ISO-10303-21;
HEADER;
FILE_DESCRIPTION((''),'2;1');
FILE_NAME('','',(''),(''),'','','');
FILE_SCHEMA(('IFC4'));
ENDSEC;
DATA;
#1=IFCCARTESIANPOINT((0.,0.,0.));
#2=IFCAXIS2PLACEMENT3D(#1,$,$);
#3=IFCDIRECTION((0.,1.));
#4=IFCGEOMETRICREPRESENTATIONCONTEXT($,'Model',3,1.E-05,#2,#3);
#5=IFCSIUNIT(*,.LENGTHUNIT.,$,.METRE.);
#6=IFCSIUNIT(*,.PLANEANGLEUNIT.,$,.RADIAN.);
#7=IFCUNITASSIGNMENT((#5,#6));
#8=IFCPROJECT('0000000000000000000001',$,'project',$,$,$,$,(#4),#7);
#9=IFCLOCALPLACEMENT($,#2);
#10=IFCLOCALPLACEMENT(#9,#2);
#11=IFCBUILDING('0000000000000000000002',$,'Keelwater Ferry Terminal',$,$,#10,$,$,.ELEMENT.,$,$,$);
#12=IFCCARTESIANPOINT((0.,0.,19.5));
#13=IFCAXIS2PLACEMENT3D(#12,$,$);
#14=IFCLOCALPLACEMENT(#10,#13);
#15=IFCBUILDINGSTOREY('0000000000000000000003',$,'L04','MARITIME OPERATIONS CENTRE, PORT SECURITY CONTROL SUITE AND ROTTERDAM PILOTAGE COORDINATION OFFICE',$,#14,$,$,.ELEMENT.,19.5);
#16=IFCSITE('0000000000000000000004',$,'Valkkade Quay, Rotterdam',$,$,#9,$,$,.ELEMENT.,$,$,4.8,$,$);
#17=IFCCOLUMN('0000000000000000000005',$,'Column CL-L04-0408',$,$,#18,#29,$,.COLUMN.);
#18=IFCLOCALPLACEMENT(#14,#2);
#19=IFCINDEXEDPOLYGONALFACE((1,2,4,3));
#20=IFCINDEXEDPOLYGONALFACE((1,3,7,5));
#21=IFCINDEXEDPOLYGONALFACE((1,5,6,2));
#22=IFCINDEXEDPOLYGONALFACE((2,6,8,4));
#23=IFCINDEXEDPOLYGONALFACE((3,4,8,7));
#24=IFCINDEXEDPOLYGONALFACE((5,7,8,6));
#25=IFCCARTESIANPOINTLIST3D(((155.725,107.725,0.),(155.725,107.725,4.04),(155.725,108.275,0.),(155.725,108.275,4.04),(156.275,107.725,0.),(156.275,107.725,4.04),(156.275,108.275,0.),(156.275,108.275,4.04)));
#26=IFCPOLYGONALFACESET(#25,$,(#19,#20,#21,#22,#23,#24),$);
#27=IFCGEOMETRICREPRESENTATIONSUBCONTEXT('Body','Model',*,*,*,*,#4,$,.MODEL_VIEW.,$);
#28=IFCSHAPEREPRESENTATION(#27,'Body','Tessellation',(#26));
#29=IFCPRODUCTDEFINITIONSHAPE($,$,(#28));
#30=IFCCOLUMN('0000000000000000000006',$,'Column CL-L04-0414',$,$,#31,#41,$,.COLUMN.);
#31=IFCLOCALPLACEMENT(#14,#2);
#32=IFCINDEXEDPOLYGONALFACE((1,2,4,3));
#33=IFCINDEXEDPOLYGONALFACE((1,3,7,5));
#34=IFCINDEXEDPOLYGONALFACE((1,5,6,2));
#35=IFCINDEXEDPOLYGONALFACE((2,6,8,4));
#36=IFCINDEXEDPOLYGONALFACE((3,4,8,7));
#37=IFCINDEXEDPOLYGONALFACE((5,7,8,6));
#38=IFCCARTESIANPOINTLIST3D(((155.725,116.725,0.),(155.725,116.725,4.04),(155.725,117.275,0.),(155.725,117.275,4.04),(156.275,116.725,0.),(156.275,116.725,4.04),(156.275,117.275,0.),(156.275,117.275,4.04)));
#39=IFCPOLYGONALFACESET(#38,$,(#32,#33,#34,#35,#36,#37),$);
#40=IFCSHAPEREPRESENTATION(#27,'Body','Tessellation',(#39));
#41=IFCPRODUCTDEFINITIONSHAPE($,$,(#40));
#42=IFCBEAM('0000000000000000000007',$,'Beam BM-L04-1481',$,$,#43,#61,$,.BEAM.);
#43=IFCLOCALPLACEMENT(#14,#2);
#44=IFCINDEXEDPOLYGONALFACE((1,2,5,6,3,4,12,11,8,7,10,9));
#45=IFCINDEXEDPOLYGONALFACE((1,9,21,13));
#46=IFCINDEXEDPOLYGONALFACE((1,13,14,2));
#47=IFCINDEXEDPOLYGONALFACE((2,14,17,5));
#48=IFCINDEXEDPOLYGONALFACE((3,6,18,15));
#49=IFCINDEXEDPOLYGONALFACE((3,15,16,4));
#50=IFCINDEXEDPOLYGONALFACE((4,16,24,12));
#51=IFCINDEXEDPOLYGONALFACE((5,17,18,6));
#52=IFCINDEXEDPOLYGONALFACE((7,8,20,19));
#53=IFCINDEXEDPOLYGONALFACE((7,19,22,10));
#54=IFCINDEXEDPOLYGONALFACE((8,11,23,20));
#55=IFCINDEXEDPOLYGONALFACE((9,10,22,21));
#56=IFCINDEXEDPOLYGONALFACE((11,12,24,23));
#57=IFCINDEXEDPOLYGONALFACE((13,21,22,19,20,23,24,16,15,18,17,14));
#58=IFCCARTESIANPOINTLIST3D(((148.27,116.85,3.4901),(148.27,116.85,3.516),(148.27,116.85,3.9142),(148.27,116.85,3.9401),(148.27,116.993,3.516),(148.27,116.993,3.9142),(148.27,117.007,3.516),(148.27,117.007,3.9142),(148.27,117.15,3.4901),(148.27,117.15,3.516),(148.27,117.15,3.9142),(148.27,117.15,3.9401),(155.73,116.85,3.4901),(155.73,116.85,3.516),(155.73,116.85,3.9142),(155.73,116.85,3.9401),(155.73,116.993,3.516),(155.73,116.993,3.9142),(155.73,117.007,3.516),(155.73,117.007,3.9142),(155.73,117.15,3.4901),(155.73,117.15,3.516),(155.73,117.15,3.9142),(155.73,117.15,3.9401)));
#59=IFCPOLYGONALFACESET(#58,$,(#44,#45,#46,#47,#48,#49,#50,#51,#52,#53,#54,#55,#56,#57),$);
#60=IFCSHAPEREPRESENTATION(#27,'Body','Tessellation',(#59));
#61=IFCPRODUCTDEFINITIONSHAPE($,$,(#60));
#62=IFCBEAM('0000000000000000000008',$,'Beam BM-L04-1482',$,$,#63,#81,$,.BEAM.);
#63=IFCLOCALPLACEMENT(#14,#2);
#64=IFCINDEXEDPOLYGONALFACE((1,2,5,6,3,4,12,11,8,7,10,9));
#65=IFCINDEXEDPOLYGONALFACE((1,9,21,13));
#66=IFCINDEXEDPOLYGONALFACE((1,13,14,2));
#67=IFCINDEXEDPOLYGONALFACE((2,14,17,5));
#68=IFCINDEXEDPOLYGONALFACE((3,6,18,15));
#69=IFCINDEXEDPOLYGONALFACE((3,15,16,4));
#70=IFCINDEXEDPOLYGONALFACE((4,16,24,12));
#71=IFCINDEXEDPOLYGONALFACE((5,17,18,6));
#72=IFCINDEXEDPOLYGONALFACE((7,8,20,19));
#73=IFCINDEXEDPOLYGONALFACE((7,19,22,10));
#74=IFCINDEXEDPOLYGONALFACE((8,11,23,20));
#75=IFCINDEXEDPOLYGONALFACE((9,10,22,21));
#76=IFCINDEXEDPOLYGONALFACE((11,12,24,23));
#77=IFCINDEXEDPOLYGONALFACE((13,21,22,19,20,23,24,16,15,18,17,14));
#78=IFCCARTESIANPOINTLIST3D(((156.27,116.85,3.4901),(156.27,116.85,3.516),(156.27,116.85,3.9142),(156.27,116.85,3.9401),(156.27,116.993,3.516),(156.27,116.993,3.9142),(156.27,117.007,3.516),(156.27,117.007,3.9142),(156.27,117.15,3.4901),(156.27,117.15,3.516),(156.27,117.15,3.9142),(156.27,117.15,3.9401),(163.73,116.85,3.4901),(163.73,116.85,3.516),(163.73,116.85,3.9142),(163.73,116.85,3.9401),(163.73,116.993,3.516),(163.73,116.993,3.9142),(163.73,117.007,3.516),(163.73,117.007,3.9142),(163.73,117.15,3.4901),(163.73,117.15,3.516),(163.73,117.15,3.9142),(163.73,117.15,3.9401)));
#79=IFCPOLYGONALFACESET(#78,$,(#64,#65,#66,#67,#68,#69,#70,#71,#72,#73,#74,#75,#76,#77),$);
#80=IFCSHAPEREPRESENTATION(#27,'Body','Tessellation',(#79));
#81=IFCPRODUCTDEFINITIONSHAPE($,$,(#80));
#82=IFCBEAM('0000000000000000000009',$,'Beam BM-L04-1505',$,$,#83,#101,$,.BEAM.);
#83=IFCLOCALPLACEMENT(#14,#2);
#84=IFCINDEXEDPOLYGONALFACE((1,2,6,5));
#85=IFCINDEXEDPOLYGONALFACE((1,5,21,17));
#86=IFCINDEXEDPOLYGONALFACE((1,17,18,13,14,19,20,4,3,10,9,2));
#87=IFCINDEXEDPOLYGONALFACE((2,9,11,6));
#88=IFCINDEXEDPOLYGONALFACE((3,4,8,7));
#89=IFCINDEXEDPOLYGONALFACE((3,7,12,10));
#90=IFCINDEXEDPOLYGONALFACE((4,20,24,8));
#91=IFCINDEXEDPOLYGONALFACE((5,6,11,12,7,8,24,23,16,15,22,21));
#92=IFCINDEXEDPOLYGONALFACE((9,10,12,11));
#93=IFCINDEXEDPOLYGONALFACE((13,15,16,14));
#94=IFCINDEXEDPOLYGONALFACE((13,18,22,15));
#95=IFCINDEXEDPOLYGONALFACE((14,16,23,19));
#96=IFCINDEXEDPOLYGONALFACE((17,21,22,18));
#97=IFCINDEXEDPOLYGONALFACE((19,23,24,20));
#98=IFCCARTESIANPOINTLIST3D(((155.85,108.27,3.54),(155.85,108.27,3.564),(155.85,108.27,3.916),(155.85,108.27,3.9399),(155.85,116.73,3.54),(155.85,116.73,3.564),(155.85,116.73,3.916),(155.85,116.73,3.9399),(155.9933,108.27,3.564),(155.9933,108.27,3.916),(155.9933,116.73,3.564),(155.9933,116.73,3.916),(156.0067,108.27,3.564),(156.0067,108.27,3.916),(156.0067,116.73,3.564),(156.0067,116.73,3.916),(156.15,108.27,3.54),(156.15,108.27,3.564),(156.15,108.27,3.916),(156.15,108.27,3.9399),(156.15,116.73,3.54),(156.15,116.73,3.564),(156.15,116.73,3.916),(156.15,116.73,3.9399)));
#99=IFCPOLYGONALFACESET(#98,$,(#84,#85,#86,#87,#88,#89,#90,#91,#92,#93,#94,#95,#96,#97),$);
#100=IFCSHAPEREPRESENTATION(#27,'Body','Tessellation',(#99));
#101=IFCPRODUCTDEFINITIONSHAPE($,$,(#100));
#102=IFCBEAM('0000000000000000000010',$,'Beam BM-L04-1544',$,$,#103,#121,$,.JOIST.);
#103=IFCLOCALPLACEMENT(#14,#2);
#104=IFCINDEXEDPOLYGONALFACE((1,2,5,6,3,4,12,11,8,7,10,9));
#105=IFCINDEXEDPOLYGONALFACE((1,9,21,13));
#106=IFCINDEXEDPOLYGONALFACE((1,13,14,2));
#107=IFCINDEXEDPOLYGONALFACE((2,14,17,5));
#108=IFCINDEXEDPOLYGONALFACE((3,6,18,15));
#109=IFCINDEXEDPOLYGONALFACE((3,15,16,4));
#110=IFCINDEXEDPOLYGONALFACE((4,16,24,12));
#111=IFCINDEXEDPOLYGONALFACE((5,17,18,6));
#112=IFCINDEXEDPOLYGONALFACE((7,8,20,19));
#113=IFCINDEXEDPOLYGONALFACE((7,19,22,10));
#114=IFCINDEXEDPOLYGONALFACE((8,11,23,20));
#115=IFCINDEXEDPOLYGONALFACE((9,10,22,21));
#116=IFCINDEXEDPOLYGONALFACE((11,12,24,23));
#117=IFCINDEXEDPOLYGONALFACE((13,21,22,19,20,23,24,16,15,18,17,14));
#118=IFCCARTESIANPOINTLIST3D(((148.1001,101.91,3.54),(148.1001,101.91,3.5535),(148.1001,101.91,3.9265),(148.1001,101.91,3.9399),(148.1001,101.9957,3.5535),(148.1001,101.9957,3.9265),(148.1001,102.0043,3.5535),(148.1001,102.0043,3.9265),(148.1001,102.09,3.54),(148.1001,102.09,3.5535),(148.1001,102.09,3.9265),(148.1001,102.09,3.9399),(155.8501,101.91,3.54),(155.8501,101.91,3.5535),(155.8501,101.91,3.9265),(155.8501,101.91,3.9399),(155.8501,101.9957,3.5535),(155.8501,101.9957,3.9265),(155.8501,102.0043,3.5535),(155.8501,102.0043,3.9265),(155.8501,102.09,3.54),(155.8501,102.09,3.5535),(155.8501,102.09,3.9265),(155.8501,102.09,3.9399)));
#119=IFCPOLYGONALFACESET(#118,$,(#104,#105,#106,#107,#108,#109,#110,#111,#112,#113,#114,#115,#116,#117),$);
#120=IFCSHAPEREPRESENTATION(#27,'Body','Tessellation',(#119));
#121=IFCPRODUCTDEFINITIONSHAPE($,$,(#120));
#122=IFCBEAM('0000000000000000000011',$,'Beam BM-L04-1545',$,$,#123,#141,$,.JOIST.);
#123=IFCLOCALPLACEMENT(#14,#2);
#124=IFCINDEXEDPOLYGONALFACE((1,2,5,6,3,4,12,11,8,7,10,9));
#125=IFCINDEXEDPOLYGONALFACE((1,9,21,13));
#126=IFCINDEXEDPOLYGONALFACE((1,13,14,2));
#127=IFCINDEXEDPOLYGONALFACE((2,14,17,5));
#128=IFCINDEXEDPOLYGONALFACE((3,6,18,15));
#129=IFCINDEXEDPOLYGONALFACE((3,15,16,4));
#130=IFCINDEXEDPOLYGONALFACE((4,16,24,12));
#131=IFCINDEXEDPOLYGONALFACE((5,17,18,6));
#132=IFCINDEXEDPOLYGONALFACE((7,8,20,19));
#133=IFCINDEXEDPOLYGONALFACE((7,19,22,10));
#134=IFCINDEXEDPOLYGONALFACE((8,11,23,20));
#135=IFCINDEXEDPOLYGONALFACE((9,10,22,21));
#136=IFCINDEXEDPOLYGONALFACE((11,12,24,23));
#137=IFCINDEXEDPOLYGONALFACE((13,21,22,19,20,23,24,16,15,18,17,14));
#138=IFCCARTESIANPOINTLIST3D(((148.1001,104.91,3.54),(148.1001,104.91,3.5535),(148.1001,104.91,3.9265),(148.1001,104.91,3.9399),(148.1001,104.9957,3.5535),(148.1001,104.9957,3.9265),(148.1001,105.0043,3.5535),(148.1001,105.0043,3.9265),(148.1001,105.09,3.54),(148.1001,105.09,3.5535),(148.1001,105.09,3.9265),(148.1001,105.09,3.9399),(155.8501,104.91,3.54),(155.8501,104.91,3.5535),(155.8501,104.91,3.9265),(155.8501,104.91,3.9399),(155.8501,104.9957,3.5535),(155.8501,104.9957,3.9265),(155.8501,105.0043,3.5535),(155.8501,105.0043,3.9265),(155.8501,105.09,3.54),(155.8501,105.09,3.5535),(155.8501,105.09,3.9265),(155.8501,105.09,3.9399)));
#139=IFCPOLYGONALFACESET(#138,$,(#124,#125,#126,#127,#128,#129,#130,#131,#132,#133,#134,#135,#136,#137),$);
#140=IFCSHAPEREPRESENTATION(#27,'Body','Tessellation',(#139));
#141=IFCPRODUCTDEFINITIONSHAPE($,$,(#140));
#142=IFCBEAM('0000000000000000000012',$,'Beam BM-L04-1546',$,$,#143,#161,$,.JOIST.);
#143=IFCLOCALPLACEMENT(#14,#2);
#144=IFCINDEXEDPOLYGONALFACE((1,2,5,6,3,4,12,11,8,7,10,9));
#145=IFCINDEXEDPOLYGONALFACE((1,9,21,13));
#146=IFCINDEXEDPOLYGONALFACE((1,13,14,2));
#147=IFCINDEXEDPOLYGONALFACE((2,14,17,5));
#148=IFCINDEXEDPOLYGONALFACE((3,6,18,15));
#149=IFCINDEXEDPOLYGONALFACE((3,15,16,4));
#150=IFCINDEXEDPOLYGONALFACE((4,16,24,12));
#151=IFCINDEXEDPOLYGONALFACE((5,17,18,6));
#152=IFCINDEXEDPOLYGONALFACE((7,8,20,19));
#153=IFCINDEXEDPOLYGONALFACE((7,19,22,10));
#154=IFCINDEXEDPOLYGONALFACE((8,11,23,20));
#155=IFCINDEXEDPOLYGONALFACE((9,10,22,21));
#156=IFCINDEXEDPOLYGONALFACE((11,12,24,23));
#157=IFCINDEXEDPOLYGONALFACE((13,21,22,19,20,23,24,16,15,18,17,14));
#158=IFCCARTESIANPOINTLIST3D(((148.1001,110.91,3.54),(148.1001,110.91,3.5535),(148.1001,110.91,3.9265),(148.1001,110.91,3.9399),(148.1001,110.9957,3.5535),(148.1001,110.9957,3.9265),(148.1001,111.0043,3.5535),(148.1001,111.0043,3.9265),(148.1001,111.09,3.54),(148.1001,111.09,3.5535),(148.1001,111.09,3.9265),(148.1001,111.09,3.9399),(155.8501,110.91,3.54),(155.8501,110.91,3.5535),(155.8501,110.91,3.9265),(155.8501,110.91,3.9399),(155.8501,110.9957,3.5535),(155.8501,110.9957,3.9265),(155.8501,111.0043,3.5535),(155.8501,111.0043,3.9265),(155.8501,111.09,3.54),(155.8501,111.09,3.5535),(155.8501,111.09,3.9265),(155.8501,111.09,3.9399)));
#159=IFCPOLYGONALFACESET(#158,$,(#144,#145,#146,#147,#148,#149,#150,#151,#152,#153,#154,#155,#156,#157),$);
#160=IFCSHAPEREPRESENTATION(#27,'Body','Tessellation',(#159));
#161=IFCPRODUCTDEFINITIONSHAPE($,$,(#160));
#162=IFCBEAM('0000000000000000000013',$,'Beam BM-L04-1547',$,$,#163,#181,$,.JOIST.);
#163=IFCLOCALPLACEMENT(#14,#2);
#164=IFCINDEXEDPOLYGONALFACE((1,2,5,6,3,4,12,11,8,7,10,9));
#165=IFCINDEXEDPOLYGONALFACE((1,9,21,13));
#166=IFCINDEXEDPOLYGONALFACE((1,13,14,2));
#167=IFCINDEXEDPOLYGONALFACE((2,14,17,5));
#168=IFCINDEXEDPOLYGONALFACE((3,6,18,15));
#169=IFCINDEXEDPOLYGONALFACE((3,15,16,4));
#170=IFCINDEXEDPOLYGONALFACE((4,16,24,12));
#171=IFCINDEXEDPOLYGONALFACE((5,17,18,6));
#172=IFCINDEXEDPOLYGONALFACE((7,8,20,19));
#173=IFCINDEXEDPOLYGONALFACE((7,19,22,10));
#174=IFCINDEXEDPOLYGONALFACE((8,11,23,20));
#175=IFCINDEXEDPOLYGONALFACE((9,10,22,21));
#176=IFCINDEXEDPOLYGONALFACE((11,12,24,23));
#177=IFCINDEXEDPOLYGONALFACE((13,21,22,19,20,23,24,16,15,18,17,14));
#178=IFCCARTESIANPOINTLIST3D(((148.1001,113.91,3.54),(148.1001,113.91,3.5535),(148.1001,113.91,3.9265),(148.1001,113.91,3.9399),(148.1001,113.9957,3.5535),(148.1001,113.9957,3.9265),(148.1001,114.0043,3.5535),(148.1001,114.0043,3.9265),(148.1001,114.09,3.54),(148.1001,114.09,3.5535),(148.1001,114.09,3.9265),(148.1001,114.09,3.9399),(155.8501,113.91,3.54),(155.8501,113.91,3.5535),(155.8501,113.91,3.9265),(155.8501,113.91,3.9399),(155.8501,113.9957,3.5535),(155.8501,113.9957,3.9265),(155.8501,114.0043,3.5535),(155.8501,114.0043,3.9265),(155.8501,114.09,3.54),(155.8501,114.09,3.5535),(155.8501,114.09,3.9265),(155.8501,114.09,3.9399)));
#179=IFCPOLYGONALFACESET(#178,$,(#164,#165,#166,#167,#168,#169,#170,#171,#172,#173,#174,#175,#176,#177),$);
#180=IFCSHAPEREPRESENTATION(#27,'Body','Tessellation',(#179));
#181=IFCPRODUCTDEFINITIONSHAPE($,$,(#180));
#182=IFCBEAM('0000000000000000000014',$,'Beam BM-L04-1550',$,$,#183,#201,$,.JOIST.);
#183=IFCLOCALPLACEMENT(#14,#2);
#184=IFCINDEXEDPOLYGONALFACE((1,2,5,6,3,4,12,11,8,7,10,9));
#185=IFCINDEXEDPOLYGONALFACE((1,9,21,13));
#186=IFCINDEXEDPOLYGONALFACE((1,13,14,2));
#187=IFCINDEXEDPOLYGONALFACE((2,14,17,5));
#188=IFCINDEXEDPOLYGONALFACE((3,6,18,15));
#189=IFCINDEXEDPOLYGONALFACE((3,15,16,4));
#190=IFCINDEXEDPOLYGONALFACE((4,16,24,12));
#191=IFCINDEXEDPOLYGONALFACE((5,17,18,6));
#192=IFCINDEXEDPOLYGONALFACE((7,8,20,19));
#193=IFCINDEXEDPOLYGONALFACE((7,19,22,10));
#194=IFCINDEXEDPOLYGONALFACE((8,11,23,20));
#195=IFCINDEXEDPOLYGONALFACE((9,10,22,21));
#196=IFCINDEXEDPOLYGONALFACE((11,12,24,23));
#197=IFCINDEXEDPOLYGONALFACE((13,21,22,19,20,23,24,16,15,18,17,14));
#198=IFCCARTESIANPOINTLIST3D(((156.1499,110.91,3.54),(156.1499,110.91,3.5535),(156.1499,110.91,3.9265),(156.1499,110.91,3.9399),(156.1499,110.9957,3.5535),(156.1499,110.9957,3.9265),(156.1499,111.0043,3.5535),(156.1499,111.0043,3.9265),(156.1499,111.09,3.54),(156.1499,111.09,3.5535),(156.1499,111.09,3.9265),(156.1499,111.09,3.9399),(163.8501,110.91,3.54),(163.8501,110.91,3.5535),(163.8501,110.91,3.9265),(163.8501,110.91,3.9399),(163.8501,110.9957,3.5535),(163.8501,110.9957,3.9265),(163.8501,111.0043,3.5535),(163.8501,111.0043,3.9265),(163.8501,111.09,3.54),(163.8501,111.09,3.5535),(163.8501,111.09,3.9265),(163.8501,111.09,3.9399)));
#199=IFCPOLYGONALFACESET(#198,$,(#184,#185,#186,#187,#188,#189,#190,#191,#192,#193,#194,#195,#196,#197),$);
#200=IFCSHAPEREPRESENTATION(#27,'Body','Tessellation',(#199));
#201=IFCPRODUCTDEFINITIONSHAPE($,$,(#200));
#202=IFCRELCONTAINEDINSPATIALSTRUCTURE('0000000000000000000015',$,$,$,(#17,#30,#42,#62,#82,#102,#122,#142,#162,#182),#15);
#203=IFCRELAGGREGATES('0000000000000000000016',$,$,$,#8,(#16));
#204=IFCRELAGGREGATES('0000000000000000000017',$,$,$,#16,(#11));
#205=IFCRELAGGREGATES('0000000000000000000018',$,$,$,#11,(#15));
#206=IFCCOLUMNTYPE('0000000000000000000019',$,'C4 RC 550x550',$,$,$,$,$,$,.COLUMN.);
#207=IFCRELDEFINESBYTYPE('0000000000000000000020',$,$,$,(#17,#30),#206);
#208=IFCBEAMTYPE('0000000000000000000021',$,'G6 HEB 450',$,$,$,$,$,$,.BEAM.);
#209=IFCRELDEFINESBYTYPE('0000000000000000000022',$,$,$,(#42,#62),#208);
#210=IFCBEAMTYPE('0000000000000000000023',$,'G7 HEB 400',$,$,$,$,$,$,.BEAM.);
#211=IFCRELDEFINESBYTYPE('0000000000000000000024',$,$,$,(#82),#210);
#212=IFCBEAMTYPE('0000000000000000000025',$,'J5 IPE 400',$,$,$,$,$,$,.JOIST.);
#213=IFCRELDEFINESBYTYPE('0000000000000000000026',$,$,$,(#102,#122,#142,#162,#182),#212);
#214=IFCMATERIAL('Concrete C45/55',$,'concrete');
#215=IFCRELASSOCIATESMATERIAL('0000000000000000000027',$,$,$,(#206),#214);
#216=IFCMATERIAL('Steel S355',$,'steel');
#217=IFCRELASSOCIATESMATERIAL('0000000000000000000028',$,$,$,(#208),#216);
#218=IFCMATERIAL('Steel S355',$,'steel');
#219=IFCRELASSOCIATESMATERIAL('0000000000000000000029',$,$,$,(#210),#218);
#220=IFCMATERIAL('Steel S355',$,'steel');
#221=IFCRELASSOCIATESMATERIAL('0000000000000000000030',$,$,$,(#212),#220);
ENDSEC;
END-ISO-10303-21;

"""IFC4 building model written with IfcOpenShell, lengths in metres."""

from ifc_helpers import new_model, si_unit, direction, frame, origin, origin_2d, place, context, subcontext, project, spatial, rectangle, i_section, extrude, material, material_profile, profile_set, type_object, element, save


model = new_model("IFC4")

# Units and contexts
model_context = context("Model", 3, precision=1e-05, world=origin(), true_north=direction((0.0, 1.0)))
body_context = subcontext(model_context, "Body", "Model", "MODEL_VIEW")
ifc_project = project(units=[si_unit("LENGTHUNIT", "METRE"), si_unit("PLANEANGLEUNIT", "RADIAN")], contexts=[model_context])

# Site, building, storey
site_placement = place(None, origin())
site = spatial("IfcSite", under=ifc_project, at=site_placement, Name="Valkkade Quay, Rotterdam", CompositionType="ELEMENT", RefElevation=4.8)
building_placement = place(site_placement, origin())
building = spatial("IfcBuilding", under=site, at=building_placement, Name="Keelwater Ferry Terminal", CompositionType="ELEMENT")
storey_placement = place(building_placement, frame((0.0, 0.0, 19.5)))
storey = spatial("IfcBuildingStorey", under=building, at=storey_placement, Name="L04", Description="MARITIME OPERATIONS CENTRE, PORT SECURITY CONTROL SUITE AND ROTTERDAM PILOTAGE COORDINATION OFFICE", CompositionType="ELEMENT", Elevation=19.5)

# Columns
ifc_material_1 = material(Name="Concrete C45/55", Category="concrete")
ifc_material_profile_1 = material_profile(ifc_material_1, rectangle(XDim=0.55, YDim=0.55, at=origin_2d()), Name="RC 550x550")
ifc_profile_set_1 = profile_set([ifc_material_profile_1], Name="Concrete C45/55")
column_type = type_object("IfcColumnType", Name="C4 RC 550x550", PredefinedType="COLUMN", material=ifc_profile_set_1)
for number, where, z_axis, x_axis, name in (
    (1, (156.0, 108.0, 0.0), (0.0, 0.0, 1.0), (1.0, 0.0, 0.0), "Column CL-L04-0408"),
    (2, (156.0, 117.0, 0.0), (0.0, 0.0, 1.0), (1.0, 0.0, 0.0), "Column CL-L04-0414"),
):
    element("IfcColumn", number, at=place(storey_placement, frame(where, z_axis=z_axis, x_axis=x_axis)), inside=storey, type_object=column_type, Name=name, PredefinedType="COLUMN", context=body_context, shape_type="SweptSolid", body=[
        extrude(rectangle(XDim=0.55, YDim=0.55, at=origin_2d()), origin(), (0.0, 0.0, 1.0), 4.04),
    ])

# Beams
ifc_material_2 = material(Name="Steel S355", Category="steel")
ifc_material_profile_2 = material_profile(ifc_material_2, i_section(OverallWidth=0.3, OverallDepth=0.45, WebThickness=0.0139, FlangeThickness=0.0259, at=origin_2d()), Name="HEB 450")
ifc_profile_set_2 = profile_set([ifc_material_profile_2], Name="Steel S355")
beam_type_1 = type_object("IfcBeamType", Name="G6 HEB 450", PredefinedType="BEAM", material=ifc_profile_set_2)
for number, where, z_axis, x_axis, name in (
    (3, (148.27, 117.0, 3.7151), (1.0, 0.0, 0.0), (0.0, 1.0, 0.0), "Beam BM-L04-1481"),
    (4, (156.27, 117.0, 3.7151), (1.0, 0.0, 0.0), (0.0, 1.0, 0.0), "Beam BM-L04-1482"),
):
    element("IfcBeam", number, at=place(storey_placement, frame(where, z_axis=z_axis, x_axis=x_axis)), inside=storey, type_object=beam_type_1, Name=name, PredefinedType="BEAM", context=body_context, shape_type="SweptSolid", body=[
        extrude(i_section(OverallWidth=0.3, OverallDepth=0.45, WebThickness=0.0139, FlangeThickness=0.0259, at=origin_2d()), origin(), (0.0, 0.0, 1.0), 7.46),
    ])
ifc_material_3 = material(Name="Steel S355", Category="steel")
ifc_material_profile_3 = material_profile(ifc_material_3, i_section(OverallWidth=0.3, OverallDepth=0.3999, WebThickness=0.0134, FlangeThickness=0.0239, at=origin_2d()), Name="HEB 400")
ifc_profile_set_3 = profile_set([ifc_material_profile_3], Name="Steel S355")
beam_type_2 = type_object("IfcBeamType", Name="G7 HEB 400", PredefinedType="BEAM", material=ifc_profile_set_3)
beam_placement = place(storey_placement, frame((156.0, 108.27, 3.74), z_axis=(0.0, 1.0, 0.0), x_axis=(-1.0, 0.0, 0.0)))
element("IfcBeam", 5, at=beam_placement, inside=storey, type_object=beam_type_2, Name="Beam BM-L04-1505", PredefinedType="BEAM", context=body_context, shape_type="SweptSolid", body=[
    extrude(i_section(OverallWidth=0.3, OverallDepth=0.3999, WebThickness=0.0134, FlangeThickness=0.0239, at=origin_2d()), origin(), (0.0, 0.0, 1.0), 8.46),
])
ifc_material_4 = material(Name="Steel S355", Category="steel")
ifc_material_profile_4 = material_profile(ifc_material_4, i_section(OverallWidth=0.1799, OverallDepth=0.3999, WebThickness=0.0085, FlangeThickness=0.0134, at=origin_2d()), Name="IPE 400")
ifc_profile_set_4 = profile_set([ifc_material_profile_4], Name="Steel S355")
beam_type_3 = type_object("IfcBeamType", Name="J5 IPE 400", PredefinedType="JOIST", material=ifc_profile_set_4)
for number, where, z_axis, x_axis, name in (
    (6, (148.1001, 102.0, 3.74), (1.0, 0.0, 0.0), (0.0, 1.0, 0.0), "Beam BM-L04-1544"),
    (7, (148.1001, 105.0, 3.74), (1.0, 0.0, 0.0), (0.0, 1.0, 0.0), "Beam BM-L04-1545"),
    (8, (148.1001, 111.0, 3.74), (1.0, 0.0, 0.0), (0.0, 1.0, 0.0), "Beam BM-L04-1546"),
    (9, (148.1001, 114.0, 3.74), (1.0, 0.0, 0.0), (0.0, 1.0, 0.0), "Beam BM-L04-1547"),
):
    element("IfcBeam", number, at=place(storey_placement, frame(where, z_axis=z_axis, x_axis=x_axis)), inside=storey, type_object=beam_type_3, Name=name, PredefinedType="JOIST", context=body_context, shape_type="SweptSolid", body=[
        extrude(i_section(OverallWidth=0.1799, OverallDepth=0.3999, WebThickness=0.0085, FlangeThickness=0.0134, at=origin_2d()), origin(), (0.0, 0.0, 1.0), 7.75),
    ])
for number, where, z_axis, x_axis, name in (
    (10, (156.1499, 111.0, 3.74), (1.0, 0.0, 0.0), (0.0, 1.0, 0.0), "Beam BM-L04-1550"),
):
    element("IfcBeam", number, at=place(storey_placement, frame(where, z_axis=z_axis, x_axis=x_axis)), inside=storey, type_object=beam_type_3, Name=name, PredefinedType="JOIST", context=body_context, shape_type="SweptSolid", body=[
        extrude(i_section(OverallWidth=0.1799, OverallDepth=0.3999, WebThickness=0.0085, FlangeThickness=0.0134, at=origin_2d()), origin(), (0.0, 0.0, 1.0), 7.7002),
    ])

save(model, "model.ifc")
